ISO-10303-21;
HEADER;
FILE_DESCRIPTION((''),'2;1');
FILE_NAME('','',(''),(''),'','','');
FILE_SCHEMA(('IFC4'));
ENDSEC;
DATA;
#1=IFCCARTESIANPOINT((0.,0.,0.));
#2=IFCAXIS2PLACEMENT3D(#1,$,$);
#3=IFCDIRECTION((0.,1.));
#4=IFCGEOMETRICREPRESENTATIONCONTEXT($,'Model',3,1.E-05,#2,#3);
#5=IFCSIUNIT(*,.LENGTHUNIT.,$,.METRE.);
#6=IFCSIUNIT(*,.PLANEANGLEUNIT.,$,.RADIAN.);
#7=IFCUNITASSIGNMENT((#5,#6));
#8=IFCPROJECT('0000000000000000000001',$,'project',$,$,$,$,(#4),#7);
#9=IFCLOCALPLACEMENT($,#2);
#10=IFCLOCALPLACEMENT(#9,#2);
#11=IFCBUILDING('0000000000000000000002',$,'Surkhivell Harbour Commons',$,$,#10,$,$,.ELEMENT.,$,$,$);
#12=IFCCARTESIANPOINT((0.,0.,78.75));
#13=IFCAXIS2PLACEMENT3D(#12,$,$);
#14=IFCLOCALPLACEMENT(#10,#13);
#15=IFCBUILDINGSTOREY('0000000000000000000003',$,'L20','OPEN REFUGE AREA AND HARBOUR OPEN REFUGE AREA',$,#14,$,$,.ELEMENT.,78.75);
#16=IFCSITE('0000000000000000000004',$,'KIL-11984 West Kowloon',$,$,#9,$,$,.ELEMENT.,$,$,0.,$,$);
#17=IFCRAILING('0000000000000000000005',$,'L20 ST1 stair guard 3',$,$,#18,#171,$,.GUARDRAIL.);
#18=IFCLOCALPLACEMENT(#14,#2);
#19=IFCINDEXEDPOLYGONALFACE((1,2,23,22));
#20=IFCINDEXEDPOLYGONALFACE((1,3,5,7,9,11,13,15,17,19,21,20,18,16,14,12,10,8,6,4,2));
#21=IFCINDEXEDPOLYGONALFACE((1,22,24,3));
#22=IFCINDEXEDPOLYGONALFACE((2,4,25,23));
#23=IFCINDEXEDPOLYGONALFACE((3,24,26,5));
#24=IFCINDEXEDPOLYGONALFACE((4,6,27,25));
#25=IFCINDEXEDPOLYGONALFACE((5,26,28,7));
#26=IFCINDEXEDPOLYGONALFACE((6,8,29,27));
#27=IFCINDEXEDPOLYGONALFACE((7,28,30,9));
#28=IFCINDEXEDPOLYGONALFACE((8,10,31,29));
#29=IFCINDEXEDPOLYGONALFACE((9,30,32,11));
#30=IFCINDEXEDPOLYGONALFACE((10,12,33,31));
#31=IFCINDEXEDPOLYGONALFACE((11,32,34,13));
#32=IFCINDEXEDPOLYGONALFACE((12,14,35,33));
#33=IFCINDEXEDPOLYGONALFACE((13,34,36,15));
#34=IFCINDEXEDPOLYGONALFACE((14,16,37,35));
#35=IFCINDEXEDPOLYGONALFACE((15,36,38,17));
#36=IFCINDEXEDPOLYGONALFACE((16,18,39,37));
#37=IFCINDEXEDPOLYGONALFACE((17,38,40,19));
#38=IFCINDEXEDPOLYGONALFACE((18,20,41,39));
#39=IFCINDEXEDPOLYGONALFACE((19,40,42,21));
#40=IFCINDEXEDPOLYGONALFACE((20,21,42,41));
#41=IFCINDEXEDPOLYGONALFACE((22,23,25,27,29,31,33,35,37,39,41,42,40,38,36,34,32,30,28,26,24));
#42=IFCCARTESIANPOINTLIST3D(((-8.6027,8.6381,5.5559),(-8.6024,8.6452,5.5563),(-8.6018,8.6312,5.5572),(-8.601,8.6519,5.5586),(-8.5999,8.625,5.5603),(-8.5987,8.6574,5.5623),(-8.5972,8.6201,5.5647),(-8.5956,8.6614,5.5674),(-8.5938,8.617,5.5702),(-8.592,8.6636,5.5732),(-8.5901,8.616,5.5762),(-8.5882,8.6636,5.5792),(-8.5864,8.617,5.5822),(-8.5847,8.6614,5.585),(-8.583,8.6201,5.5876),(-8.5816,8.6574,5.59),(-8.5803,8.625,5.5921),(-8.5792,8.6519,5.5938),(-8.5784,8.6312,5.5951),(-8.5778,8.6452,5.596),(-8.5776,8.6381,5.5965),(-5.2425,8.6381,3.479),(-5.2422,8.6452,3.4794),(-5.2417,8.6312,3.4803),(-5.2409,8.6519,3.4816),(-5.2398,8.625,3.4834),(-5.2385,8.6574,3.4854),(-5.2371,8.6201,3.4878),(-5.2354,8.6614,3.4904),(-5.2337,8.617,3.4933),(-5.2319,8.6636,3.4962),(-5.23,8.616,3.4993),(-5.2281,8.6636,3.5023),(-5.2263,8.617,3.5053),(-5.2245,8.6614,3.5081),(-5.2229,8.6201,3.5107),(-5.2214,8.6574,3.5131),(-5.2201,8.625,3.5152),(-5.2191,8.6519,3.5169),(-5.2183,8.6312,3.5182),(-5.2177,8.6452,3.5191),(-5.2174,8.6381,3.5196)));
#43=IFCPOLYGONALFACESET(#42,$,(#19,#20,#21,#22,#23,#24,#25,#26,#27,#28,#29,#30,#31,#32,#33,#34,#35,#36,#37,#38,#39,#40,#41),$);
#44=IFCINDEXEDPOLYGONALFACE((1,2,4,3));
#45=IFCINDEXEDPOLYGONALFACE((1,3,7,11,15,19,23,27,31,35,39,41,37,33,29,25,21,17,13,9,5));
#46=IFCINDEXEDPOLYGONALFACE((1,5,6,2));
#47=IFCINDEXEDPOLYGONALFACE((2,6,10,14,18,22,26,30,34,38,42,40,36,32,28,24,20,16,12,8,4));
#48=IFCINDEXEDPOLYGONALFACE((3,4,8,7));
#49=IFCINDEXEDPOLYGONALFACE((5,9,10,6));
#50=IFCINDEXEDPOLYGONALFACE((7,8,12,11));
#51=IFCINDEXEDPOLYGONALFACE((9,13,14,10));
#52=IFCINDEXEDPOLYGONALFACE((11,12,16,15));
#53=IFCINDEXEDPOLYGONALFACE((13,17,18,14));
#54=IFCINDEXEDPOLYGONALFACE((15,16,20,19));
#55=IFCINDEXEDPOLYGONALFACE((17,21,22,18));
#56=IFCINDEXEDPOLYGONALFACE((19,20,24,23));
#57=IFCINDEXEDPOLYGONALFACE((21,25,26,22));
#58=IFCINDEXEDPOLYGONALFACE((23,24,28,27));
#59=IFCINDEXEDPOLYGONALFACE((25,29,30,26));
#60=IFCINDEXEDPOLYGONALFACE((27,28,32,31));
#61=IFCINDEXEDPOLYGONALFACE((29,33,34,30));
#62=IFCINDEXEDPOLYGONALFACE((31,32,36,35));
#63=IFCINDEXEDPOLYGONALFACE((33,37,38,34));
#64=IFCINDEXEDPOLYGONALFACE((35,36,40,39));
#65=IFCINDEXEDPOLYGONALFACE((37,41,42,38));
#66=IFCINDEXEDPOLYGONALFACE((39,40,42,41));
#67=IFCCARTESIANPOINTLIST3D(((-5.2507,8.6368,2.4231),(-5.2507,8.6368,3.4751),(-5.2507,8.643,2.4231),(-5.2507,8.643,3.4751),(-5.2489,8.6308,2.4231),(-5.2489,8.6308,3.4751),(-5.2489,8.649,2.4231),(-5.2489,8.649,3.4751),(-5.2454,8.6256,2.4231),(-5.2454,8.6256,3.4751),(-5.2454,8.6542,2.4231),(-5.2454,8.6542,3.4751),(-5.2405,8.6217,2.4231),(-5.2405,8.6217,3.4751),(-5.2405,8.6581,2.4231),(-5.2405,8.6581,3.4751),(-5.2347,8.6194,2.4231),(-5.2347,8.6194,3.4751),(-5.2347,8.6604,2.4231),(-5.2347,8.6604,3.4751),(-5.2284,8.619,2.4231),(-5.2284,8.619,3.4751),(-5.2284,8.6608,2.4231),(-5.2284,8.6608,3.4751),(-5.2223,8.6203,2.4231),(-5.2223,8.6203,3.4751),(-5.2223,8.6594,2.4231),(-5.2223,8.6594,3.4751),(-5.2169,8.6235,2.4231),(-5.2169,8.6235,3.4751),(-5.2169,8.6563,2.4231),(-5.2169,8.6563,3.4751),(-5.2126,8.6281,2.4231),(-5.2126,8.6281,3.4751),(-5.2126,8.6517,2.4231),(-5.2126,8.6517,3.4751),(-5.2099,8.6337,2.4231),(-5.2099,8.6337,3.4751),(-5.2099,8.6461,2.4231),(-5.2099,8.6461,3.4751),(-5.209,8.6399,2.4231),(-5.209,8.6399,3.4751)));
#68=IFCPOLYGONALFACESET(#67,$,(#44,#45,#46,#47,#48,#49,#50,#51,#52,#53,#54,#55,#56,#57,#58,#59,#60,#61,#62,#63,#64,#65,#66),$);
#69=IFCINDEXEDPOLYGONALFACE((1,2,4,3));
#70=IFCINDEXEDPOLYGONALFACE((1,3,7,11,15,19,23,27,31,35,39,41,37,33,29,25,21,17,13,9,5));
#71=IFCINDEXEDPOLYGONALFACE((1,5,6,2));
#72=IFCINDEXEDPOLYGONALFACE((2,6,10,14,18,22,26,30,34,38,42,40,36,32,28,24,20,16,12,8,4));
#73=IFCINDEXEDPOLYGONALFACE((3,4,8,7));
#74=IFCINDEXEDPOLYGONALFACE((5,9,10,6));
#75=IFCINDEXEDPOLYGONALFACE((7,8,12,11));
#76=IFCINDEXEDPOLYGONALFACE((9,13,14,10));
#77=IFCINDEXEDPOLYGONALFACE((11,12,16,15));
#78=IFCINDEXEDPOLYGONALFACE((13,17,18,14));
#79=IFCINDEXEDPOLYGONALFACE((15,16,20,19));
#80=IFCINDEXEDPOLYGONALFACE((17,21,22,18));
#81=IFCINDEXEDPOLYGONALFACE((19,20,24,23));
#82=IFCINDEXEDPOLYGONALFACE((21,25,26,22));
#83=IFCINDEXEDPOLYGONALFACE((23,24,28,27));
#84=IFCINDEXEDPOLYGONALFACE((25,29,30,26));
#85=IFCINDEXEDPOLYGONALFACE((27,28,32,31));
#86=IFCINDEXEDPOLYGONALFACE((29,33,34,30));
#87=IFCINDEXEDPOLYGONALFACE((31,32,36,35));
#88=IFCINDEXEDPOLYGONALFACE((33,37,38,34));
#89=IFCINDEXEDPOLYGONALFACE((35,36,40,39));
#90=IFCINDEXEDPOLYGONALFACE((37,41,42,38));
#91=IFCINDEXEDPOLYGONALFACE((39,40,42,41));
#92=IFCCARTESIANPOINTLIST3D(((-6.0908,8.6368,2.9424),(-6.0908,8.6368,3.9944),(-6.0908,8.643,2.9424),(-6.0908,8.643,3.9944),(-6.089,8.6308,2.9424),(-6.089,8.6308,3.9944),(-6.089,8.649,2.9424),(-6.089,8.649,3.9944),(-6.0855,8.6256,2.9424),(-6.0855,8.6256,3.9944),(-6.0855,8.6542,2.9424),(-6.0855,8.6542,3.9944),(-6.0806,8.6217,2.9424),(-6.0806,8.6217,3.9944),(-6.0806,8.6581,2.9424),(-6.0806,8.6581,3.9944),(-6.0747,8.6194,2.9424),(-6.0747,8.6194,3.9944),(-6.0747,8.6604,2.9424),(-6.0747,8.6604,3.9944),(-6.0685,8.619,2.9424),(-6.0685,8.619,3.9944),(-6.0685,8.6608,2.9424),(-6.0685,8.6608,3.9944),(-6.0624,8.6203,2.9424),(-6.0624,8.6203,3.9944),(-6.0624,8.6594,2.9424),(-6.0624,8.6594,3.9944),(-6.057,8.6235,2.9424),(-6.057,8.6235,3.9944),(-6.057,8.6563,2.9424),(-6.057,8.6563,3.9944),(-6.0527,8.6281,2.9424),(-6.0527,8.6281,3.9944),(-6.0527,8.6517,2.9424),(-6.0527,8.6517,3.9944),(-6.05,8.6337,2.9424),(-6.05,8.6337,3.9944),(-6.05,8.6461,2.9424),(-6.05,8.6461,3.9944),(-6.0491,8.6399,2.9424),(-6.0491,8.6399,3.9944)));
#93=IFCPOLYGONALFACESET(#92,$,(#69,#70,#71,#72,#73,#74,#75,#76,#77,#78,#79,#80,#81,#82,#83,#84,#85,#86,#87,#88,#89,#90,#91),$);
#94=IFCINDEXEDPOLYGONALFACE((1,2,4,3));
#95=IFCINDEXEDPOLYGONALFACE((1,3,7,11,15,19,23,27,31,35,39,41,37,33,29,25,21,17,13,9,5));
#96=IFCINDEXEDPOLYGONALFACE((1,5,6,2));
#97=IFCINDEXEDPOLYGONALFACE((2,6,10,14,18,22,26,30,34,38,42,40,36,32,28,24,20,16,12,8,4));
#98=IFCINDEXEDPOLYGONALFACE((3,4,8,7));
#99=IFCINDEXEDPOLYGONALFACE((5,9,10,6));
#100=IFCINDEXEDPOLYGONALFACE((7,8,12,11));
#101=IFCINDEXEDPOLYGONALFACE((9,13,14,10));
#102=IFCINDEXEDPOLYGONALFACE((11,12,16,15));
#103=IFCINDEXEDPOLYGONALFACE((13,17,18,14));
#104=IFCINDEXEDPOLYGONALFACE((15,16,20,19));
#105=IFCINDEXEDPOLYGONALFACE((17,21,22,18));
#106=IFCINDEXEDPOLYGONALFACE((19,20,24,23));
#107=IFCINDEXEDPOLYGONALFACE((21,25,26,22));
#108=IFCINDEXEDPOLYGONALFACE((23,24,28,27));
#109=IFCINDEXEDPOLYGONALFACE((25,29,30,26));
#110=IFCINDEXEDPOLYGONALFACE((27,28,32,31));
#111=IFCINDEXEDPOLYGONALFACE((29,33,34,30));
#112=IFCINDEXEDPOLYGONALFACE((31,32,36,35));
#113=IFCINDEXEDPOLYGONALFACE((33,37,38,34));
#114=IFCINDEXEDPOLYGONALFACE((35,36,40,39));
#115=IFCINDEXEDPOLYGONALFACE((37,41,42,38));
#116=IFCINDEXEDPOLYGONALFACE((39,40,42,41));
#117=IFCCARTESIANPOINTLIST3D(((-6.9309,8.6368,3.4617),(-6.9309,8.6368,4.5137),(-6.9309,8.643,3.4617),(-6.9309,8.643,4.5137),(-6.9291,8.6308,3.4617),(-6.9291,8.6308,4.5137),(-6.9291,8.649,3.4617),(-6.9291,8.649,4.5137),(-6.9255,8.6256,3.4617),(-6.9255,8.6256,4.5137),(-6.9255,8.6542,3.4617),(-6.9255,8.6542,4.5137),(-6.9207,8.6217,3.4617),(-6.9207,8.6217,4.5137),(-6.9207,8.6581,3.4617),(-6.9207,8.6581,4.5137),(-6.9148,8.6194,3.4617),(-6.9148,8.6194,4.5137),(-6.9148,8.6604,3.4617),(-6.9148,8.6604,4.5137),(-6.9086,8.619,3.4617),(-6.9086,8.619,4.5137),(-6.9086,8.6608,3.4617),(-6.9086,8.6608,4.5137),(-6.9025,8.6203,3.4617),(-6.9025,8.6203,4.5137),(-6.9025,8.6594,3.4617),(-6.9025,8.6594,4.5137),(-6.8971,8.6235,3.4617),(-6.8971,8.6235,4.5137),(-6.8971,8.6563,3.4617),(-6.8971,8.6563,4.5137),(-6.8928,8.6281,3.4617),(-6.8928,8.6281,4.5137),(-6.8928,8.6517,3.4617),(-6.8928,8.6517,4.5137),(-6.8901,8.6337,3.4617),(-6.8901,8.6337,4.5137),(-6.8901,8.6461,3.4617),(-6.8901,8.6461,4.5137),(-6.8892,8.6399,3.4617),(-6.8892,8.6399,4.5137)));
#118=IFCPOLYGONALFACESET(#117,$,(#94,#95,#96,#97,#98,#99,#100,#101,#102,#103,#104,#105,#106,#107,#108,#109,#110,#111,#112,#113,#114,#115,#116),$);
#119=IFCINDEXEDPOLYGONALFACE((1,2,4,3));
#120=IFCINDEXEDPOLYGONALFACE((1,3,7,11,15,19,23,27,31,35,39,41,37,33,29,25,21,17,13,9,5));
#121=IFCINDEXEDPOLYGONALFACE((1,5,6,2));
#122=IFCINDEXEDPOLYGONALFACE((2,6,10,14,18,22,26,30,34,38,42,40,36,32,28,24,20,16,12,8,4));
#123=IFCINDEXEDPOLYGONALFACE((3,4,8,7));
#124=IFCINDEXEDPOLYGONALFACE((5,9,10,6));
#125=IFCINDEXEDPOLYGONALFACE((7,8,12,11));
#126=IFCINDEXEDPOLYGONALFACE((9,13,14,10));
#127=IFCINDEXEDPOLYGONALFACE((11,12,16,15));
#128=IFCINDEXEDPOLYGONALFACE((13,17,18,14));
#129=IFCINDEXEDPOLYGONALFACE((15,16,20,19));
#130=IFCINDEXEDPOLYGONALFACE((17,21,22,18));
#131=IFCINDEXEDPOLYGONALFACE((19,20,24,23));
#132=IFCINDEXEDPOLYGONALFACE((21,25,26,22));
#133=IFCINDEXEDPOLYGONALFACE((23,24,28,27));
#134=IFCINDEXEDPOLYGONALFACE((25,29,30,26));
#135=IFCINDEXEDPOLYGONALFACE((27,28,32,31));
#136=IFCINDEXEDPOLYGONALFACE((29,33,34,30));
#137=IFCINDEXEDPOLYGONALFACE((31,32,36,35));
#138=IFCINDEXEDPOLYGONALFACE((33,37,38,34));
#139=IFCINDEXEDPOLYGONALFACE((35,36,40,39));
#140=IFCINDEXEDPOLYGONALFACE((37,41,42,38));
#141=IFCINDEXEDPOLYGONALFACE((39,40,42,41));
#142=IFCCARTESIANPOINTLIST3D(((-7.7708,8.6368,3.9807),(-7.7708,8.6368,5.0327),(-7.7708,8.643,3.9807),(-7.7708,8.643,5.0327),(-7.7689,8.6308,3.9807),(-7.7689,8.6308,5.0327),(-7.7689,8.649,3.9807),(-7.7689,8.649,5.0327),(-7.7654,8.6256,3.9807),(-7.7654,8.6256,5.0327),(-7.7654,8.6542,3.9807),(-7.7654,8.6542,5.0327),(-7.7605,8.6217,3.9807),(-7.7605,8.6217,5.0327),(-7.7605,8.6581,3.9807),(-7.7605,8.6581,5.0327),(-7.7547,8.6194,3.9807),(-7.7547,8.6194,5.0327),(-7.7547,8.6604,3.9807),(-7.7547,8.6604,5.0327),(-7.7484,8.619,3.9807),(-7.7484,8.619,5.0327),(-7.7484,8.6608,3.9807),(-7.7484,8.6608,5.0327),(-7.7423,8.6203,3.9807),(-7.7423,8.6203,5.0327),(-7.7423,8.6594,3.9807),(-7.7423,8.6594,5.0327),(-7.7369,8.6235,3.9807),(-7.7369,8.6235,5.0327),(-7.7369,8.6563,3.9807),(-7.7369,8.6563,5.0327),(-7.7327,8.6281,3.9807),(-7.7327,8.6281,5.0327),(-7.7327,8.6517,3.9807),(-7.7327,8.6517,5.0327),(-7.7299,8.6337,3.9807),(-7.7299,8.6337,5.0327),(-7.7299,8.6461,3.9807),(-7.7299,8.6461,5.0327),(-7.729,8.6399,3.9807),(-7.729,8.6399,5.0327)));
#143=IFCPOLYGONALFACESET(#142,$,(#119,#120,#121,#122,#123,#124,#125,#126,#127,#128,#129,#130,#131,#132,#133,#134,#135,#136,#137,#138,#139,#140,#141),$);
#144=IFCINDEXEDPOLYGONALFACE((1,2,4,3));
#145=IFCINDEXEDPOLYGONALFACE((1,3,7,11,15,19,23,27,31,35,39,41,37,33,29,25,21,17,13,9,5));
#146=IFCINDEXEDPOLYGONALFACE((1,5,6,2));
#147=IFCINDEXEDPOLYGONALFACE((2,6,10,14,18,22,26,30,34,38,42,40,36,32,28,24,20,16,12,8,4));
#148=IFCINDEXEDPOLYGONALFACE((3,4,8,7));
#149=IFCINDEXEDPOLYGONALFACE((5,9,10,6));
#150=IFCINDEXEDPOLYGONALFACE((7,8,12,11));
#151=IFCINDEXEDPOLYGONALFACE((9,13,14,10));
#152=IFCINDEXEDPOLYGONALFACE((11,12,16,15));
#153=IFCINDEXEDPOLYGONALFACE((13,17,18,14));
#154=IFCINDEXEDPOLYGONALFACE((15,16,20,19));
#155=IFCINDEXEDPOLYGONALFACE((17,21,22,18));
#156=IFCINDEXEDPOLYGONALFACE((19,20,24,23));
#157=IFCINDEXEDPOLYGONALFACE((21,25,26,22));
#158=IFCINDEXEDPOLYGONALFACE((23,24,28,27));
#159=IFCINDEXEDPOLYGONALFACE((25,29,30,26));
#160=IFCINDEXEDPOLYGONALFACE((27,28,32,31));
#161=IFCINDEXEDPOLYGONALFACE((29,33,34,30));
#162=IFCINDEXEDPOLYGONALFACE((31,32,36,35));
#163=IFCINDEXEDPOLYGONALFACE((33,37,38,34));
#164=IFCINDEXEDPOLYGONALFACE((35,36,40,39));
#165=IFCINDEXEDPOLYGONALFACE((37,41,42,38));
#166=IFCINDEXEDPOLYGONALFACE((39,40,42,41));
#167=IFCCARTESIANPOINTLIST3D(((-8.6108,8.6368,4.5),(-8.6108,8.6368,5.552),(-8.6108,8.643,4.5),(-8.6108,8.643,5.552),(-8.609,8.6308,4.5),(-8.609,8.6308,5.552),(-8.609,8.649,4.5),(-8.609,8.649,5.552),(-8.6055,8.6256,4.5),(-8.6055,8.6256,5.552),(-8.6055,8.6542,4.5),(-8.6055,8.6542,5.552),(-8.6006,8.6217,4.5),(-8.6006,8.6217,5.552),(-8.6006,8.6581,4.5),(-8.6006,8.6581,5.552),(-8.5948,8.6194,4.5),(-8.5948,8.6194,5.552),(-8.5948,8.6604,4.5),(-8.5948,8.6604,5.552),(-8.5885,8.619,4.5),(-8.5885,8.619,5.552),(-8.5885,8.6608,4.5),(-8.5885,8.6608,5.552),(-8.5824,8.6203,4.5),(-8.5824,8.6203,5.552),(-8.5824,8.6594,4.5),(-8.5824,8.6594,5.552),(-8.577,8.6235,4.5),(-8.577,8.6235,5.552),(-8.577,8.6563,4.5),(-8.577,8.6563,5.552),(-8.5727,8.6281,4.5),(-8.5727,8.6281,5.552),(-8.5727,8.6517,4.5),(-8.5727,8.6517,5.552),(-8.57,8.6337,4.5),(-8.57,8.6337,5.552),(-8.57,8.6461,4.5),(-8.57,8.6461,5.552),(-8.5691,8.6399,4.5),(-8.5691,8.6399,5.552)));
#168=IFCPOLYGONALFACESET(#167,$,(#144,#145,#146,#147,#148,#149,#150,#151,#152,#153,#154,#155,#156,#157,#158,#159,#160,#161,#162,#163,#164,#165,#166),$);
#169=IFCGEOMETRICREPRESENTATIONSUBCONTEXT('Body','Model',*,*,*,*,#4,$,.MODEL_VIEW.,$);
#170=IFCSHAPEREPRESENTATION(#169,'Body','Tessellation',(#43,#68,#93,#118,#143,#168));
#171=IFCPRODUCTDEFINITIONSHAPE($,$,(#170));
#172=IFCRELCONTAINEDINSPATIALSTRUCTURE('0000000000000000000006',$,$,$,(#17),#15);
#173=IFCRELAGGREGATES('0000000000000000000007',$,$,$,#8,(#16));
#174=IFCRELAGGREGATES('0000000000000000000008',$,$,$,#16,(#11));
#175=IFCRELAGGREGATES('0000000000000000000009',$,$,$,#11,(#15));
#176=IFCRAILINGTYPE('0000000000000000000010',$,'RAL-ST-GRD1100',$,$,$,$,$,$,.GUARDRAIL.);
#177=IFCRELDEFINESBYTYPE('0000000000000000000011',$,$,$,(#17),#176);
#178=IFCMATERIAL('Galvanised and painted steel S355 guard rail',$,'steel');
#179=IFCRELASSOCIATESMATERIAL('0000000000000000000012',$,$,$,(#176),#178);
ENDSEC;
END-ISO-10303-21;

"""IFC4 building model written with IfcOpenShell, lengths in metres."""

from ifc_helpers import new_model, si_unit, direction, frame, origin, origin_2d, place, context, subcontext, project, spatial, circle, extrude, material, type_object, element, save


model = new_model("IFC4")

# Units and contexts
model_context = context("Model", 3, precision=1e-05, world=origin(), true_north=direction((0.0, 1.0)))
body_context = subcontext(model_context, "Body", "Model", "MODEL_VIEW")
ifc_project = project(units=[si_unit("LENGTHUNIT", "METRE"), si_unit("PLANEANGLEUNIT", "RADIAN")], contexts=[model_context])

# Site, building, storey
site_placement = place(None, origin())
site = spatial("IfcSite", under=ifc_project, at=site_placement, Name="KIL-11984 West Kowloon", CompositionType="ELEMENT", RefElevation=0.0)
building_placement = place(site_placement, origin())
building = spatial("IfcBuilding", under=site, at=building_placement, Name="Surkhivell Harbour Commons", CompositionType="ELEMENT")
storey_placement = place(building_placement, frame((0.0, 0.0, 78.75)))
storey = spatial("IfcBuildingStorey", under=building, at=storey_placement, Name="L20", Description="OPEN REFUGE AREA AND HARBOUR OPEN REFUGE AREA", CompositionType="ELEMENT", Elevation=78.75)

# Railing
ifc_material_1 = material(Name="Galvanised and painted steel S355 guard rail", Category="steel")
railing_type_1 = type_object("IfcRailingType", Name="RAL-ST-GRD1100", PredefinedType="GUARDRAIL", material=ifc_material_1)
railing_1_placement = place(storey_placement, frame((-5.23, 8.6399, 2.4231)))
element("IfcRailing", 1, at=railing_1_placement, inside=storey, type_object=railing_type_1, Name="L20 ST1 stair guard 3", PredefinedType="GUARDRAIL", context=body_context, shape_type="SweptSolid", body=[
    extrude(circle(Radius=0.0239, at=origin_2d()), frame((0.0, 0.0, 1.0762), z_axis=(-0.850623, 0.0, 0.525776), x_axis=(0.0, -1.0, 0.0)), (0.0, 0.0, 1.0), 3.9502),
    extrude(circle(Radius=0.021, at=origin_2d()), origin(), (0.0, 0.0, 1.0), 1.052),
    extrude(circle(Radius=0.021, at=origin_2d()), frame((-0.8401, 0.0, 0.5193)), (0.0, 0.0, 1.0), 1.052),
    extrude(circle(Radius=0.021, at=origin_2d()), frame((-1.6802, 0.0, 1.0386)), (0.0, 0.0, 1.0), 1.052),
    extrude(circle(Radius=0.021, at=origin_2d()), frame((-2.52, 0.0, 1.5576)), (0.0, 0.0, 1.0), 1.052),
    extrude(circle(Radius=0.021, at=origin_2d()), frame((-3.3601, 0.0, 2.0769)), (0.0, 0.0, 1.0), 1.052),
])

save(model, "model.ifc")
